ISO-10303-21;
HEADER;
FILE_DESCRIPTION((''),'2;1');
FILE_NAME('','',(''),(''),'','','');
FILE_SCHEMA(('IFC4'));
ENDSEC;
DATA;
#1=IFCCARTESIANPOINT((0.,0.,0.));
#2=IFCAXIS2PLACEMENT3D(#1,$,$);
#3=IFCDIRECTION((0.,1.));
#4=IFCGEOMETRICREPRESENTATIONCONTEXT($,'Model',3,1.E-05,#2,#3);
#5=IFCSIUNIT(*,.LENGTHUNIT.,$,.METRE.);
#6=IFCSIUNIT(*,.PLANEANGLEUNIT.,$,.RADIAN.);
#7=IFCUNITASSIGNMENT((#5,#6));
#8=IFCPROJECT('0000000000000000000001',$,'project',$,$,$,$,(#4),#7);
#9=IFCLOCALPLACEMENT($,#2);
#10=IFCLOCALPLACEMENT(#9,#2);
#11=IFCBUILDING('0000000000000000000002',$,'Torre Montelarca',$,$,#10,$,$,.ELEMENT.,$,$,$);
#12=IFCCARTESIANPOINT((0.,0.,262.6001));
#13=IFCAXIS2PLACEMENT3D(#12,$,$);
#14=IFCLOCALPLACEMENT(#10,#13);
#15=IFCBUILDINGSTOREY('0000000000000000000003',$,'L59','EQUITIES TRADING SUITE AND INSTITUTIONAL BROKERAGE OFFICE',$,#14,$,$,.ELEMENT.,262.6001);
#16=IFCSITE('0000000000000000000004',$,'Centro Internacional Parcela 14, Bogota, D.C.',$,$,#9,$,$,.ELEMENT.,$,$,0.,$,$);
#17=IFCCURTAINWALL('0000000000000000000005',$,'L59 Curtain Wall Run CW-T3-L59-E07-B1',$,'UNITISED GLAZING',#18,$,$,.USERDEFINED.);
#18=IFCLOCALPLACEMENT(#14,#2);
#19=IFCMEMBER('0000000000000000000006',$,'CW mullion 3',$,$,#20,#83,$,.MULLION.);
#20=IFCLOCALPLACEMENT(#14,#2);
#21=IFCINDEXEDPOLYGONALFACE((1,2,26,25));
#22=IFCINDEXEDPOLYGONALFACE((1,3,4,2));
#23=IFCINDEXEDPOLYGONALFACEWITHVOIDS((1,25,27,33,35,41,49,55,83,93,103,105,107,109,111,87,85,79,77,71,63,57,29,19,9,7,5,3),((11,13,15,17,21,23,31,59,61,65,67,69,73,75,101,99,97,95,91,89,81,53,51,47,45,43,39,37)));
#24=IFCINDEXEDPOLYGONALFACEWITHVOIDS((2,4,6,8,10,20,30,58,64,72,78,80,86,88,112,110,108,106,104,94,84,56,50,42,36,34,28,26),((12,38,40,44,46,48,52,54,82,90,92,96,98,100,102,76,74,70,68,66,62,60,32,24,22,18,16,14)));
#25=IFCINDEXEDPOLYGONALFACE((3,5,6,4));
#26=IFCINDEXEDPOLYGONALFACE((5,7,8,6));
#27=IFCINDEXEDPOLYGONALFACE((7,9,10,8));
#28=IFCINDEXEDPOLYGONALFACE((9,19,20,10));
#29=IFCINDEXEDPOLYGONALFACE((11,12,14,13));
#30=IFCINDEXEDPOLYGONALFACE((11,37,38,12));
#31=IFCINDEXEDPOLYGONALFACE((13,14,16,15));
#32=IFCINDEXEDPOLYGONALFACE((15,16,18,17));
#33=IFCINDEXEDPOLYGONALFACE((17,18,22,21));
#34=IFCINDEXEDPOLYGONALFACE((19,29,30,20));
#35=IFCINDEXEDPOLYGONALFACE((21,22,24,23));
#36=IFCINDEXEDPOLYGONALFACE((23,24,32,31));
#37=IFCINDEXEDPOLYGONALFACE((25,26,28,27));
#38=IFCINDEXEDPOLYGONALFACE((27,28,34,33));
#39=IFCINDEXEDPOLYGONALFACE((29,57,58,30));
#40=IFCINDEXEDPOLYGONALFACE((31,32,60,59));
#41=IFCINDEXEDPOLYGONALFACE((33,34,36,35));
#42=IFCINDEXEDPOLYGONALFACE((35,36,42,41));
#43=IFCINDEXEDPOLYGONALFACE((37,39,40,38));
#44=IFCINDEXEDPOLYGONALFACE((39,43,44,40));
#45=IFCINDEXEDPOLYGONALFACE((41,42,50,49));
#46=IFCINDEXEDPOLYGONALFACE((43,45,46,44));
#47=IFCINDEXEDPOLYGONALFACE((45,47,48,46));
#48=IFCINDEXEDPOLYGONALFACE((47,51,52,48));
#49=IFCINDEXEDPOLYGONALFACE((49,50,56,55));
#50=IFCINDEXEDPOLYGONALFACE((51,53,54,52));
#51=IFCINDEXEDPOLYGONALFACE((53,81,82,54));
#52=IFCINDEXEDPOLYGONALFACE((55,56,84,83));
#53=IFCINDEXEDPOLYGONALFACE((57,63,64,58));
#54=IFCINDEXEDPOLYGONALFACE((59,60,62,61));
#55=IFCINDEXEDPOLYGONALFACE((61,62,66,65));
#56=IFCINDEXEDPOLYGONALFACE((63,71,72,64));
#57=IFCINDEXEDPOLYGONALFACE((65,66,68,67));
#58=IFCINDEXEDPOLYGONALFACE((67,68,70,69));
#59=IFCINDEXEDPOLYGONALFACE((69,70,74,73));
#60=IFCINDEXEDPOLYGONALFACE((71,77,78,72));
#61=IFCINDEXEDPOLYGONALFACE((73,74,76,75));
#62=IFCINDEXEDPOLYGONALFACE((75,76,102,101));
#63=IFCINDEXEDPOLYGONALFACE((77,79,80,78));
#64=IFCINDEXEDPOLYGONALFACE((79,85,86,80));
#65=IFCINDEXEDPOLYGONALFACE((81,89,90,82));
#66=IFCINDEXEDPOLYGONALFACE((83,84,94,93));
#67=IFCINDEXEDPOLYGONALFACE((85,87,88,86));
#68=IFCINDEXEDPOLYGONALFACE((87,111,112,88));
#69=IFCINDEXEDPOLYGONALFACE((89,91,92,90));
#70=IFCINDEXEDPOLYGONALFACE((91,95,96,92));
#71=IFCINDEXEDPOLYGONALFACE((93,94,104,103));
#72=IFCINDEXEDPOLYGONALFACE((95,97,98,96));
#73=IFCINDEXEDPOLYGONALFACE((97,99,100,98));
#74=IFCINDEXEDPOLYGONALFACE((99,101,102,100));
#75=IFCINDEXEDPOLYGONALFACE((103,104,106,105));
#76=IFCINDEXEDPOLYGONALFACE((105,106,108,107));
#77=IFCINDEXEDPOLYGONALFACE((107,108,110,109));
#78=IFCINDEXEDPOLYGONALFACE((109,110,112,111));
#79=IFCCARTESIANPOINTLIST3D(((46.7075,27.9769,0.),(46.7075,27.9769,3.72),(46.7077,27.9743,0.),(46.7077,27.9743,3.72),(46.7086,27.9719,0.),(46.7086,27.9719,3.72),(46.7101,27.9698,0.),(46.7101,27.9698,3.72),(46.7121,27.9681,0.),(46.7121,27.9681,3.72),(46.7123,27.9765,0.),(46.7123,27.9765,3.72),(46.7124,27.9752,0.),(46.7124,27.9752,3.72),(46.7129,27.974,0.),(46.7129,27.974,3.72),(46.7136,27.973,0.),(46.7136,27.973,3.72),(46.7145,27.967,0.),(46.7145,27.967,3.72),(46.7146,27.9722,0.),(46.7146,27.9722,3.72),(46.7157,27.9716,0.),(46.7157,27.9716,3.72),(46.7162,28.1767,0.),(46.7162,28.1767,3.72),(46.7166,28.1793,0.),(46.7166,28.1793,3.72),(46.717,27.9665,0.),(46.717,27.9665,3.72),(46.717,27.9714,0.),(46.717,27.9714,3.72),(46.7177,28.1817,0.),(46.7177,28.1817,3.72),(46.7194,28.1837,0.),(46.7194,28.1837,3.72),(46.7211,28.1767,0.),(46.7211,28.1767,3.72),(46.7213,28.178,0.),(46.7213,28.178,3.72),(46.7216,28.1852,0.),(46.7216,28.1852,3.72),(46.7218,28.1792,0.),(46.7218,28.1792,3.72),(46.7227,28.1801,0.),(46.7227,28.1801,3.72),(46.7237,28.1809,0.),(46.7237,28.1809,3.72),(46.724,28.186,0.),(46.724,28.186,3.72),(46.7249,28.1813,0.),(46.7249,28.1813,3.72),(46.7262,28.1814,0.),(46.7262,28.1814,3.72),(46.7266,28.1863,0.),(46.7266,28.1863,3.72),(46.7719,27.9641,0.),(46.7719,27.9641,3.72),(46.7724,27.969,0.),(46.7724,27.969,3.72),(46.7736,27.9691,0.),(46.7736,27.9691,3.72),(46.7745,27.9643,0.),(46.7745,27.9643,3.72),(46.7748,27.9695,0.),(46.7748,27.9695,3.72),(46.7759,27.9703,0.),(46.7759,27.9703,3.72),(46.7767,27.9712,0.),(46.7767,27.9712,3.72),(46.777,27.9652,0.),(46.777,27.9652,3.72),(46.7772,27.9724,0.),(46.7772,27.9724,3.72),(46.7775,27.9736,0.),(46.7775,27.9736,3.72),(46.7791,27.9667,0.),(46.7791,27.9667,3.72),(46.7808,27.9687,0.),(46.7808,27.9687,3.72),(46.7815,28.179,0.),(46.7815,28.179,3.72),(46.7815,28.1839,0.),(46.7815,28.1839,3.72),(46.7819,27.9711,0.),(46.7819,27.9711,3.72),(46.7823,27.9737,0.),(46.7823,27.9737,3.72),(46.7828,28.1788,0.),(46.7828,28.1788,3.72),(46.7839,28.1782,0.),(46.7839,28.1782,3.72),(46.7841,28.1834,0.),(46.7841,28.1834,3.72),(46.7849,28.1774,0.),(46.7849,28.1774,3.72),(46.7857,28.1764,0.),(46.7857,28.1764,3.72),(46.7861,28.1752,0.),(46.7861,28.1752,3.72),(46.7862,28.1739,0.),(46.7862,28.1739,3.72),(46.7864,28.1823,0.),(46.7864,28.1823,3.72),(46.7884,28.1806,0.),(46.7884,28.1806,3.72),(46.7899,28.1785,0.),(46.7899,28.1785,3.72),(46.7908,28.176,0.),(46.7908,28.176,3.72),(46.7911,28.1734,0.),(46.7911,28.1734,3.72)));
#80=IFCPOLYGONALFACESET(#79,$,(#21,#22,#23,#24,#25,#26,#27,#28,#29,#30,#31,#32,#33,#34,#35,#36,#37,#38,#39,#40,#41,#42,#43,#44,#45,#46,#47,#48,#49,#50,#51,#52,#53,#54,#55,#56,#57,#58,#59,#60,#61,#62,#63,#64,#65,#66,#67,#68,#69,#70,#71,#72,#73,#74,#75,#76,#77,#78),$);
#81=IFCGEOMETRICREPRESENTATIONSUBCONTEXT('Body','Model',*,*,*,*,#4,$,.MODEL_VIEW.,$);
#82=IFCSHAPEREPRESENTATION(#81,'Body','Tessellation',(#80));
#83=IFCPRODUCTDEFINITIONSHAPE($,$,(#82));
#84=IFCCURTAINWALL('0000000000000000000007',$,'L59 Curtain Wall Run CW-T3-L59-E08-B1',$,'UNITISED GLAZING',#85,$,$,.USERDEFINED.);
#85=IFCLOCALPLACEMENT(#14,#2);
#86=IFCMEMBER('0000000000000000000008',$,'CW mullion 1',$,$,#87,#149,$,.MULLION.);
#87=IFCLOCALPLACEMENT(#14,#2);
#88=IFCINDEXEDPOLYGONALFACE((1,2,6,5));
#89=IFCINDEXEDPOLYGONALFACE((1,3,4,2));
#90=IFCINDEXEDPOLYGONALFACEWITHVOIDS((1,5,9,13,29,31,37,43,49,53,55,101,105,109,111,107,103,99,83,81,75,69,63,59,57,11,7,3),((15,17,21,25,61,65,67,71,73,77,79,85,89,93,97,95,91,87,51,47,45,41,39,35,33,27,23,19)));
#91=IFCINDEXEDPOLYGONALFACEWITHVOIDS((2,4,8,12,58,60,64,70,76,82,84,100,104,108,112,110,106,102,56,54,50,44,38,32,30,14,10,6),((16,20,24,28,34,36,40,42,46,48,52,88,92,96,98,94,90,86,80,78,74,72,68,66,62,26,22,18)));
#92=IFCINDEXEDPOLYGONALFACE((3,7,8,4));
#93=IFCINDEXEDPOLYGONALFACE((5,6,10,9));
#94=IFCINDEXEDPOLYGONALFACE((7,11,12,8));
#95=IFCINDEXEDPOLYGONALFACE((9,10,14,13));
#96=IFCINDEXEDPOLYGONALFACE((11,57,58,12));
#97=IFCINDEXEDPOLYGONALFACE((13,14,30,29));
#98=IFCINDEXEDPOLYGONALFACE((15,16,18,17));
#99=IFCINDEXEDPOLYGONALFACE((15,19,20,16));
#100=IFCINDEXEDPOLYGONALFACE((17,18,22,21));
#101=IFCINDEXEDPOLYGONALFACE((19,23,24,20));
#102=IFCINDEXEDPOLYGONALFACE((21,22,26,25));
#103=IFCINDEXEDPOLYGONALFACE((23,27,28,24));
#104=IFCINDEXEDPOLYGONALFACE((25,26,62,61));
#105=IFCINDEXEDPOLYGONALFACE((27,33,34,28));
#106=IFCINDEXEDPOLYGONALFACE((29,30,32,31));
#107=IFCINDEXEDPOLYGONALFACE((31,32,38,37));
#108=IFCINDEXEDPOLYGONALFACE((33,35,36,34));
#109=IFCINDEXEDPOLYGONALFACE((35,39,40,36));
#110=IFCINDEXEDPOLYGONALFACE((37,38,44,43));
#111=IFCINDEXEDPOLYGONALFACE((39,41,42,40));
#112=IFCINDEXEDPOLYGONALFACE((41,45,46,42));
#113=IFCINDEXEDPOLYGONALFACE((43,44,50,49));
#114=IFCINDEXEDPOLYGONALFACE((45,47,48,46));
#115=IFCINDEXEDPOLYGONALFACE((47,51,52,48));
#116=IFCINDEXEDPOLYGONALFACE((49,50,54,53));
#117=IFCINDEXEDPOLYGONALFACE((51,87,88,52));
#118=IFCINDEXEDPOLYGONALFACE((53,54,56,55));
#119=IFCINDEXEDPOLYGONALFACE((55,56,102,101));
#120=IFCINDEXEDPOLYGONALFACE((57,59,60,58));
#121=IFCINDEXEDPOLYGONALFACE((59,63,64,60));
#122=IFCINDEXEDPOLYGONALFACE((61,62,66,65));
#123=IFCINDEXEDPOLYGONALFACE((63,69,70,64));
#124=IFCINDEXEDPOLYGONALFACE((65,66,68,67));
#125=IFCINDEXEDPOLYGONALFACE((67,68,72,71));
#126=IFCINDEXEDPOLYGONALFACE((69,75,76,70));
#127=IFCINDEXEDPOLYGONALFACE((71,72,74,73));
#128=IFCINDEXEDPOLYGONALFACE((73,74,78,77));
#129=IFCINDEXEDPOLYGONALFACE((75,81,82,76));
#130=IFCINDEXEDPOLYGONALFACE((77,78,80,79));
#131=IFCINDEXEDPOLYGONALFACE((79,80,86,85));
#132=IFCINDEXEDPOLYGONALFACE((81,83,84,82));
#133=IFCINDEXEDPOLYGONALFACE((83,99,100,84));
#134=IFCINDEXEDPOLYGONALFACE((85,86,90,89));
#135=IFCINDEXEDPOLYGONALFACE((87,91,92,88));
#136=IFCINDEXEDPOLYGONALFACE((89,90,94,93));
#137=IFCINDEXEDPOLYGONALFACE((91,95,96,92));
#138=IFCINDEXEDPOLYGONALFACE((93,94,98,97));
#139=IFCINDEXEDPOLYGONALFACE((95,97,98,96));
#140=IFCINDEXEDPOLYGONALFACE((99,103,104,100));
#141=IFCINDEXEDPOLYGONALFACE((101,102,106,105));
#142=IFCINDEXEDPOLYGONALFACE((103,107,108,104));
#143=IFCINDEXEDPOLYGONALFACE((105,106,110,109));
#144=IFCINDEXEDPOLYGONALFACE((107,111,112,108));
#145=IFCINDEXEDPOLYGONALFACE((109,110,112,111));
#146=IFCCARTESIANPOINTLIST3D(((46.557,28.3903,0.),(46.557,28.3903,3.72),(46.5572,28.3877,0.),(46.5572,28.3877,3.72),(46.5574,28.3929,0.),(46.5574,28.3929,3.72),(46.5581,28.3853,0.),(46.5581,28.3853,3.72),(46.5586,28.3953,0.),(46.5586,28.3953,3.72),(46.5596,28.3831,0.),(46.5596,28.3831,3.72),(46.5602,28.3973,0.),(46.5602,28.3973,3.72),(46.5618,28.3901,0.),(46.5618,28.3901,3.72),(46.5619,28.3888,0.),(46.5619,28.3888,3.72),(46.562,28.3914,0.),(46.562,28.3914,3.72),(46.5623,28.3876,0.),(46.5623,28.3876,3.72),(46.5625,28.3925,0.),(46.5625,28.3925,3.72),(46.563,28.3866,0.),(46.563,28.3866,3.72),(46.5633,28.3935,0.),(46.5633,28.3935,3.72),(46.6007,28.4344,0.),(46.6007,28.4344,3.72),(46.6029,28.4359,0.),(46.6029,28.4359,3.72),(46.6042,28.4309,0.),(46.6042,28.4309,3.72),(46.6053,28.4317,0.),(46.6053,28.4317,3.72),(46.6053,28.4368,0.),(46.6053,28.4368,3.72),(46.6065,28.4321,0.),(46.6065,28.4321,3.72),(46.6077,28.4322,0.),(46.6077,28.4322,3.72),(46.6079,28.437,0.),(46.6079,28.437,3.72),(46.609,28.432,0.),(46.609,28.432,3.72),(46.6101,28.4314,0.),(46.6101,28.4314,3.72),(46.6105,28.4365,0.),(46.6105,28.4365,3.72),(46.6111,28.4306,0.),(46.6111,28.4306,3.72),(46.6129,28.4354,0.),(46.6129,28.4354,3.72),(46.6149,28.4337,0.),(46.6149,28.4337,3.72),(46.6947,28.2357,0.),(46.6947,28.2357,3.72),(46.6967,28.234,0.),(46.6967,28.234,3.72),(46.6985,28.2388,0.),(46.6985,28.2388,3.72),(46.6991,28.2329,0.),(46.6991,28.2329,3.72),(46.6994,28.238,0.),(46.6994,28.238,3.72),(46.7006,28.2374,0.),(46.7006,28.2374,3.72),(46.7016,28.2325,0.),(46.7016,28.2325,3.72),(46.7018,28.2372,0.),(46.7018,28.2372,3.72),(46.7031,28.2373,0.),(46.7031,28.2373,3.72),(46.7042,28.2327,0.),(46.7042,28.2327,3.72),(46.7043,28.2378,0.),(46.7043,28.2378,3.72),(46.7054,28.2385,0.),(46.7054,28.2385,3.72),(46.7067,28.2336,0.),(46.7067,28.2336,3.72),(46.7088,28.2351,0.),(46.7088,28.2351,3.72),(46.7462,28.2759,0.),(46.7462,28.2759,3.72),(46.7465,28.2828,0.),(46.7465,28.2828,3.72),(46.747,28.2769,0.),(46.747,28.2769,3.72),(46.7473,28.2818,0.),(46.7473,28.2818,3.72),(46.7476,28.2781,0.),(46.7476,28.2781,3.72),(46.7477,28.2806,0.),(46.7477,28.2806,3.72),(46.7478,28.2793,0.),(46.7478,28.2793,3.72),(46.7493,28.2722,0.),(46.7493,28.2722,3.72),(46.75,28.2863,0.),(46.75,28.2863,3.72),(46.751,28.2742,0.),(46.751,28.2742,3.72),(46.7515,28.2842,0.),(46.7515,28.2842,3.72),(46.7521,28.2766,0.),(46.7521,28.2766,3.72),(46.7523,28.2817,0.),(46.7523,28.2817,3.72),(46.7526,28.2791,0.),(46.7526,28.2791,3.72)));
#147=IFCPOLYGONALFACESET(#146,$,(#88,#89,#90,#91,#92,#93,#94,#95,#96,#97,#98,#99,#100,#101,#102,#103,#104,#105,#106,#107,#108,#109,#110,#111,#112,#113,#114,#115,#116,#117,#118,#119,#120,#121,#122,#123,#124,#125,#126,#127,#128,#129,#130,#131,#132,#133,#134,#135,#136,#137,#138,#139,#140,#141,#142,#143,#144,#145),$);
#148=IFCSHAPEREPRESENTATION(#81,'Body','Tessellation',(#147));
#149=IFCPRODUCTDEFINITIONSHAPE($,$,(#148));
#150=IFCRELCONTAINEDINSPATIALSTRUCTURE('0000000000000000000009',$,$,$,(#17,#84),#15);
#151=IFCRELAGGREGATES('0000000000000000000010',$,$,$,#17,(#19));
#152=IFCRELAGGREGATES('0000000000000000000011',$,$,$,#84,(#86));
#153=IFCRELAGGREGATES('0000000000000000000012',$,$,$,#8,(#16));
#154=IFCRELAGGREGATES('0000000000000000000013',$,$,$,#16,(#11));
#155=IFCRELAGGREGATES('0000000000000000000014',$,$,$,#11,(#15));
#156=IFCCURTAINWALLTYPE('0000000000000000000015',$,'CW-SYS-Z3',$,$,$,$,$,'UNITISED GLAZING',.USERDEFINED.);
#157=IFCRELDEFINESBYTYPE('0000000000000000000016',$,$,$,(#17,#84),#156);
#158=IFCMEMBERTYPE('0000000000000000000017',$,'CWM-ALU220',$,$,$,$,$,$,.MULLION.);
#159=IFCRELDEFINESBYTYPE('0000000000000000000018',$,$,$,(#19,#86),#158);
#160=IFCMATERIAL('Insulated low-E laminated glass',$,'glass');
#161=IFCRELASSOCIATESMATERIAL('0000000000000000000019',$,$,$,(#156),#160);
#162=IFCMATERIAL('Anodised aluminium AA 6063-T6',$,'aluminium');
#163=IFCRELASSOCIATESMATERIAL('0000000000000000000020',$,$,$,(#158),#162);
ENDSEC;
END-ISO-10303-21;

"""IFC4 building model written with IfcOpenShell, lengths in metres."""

from ifc_helpers import new_model, si_unit, direction, frame, origin, origin_2d, place, context, subcontext, project, spatial, hollow_rectangle, extrude, source, transform, mapped, material, material_profile, profile_set, type_object, element, aggregate, save


model = new_model("IFC4")

# Units and contexts
model_context = context("Model", 3, precision=1e-05, world=origin(), true_north=direction((0.0, 1.0)))
body_context = subcontext(model_context, "Body", "Model", "MODEL_VIEW")
ifc_project = project(units=[si_unit("LENGTHUNIT", "METRE"), si_unit("PLANEANGLEUNIT", "RADIAN")], contexts=[model_context])

# Site, building, storey
site_placement = place(None, origin())
site = spatial("IfcSite", under=ifc_project, at=site_placement, Name="Centro Internacional Parcela 14, Bogota, D.C.", CompositionType="ELEMENT", RefElevation=0.0)
building_placement = place(site_placement, origin())
building = spatial("IfcBuilding", under=site, at=building_placement, Name="Torre Montelarca", CompositionType="ELEMENT")
storey_placement = place(building_placement, frame((0.0, 0.0, 262.6001)))
storey = spatial("IfcBuildingStorey", under=building, at=storey_placement, Name="L59", Description="EQUITIES TRADING SUITE AND INSTITUTIONAL BROKERAGE OFFICE", CompositionType="ELEMENT", Elevation=262.6001)

# Curtain wall
ifc_material_1 = material(Name="Insulated low-E laminated glass", Category="glass")
curtain_wall_type = type_object("IfcCurtainWallType", Name="CW-SYS-Z3", ElementType="UNITISED GLAZING", PredefinedType="USERDEFINED", material=ifc_material_1)
curtain_wall_1_placement = place(storey_placement, origin())
curtain_wall_1 = element("IfcCurtainWall", 1, at=curtain_wall_1_placement, inside=storey, type_object=curtain_wall_type, Name="L59 Curtain Wall Run CW-T3-L59-E07-B1", ObjectType="UNITISED GLAZING", PredefinedType="USERDEFINED")
ifc_material_2 = material(Name="Anodised aluminium AA 6063-T6", Category="aluminium")
ifc_material_profile_1 = material_profile(ifc_material_2, hollow_rectangle(XDim=0.075, YDim=0.22, WallThickness=0.0049, InnerFilletRadius=0.0049, OuterFilletRadius=0.01, at=origin_2d()), Name="ALU75X220X5", Category="aluminium")
ifc_profile_set_1 = profile_set([ifc_material_profile_1], Name="Anodised aluminium AA 6063-T6")
member_type_1 = type_object("IfcMemberType", Name="CWM-ALU220", PredefinedType="MULLION", material=ifc_profile_set_1)
shared_shape_1 = source(origin(), body_context, "Body", "SweptSolid", [
    extrude(hollow_rectangle(XDim=0.075, YDim=0.22, WallThickness=0.0049, InnerFilletRadius=0.0049, OuterFilletRadius=0.01, at=origin_2d()), origin(), (0.0, 0.0, 1.0), 3.72),
])

# Member
member_1_placement = place(storey_placement, frame((46.7493, 28.0752, 0.0), z_axis=(0.0, 0.0, 1.0), x_axis=(-0.999048, 0.043616, 0.0)))
member_1 = element("IfcMember", 2, at=member_1_placement, type_object=member_type_1, Name="CW mullion 3", PredefinedType="MULLION", context=body_context, shape_type="MappedRepresentation", body=[
    mapped(shared_shape_1, transform((0.0, 0.0, 0.0), scale=1.0)),
])

# Curtain wall, member
curtain_wall_2_placement = place(storey_placement, origin())
curtain_wall_2 = element("IfcCurtainWall", 3, at=curtain_wall_2_placement, inside=storey, type_object=curtain_wall_type, Name="L59 Curtain Wall Run CW-T3-L59-E08-B1", ObjectType="UNITISED GLAZING", PredefinedType="USERDEFINED")
member_2_placement = place(storey_placement, frame((46.6548, 28.3347, 0.0), z_axis=(0.0, 0.0, 1.0), x_axis=(-0.737286, -0.67558, 0.0)))
member_2 = element("IfcMember", 4, at=member_2_placement, type_object=member_type_1, Name="CW mullion 1", PredefinedType="MULLION", context=body_context, shape_type="MappedRepresentation", body=[
    mapped(shared_shape_1, transform((0.0, 0.0, 0.0), scale=1.0)),
])

aggregate(curtain_wall_1, [member_1])
aggregate(curtain_wall_2, [member_2])

save(model, "model.ifc")
